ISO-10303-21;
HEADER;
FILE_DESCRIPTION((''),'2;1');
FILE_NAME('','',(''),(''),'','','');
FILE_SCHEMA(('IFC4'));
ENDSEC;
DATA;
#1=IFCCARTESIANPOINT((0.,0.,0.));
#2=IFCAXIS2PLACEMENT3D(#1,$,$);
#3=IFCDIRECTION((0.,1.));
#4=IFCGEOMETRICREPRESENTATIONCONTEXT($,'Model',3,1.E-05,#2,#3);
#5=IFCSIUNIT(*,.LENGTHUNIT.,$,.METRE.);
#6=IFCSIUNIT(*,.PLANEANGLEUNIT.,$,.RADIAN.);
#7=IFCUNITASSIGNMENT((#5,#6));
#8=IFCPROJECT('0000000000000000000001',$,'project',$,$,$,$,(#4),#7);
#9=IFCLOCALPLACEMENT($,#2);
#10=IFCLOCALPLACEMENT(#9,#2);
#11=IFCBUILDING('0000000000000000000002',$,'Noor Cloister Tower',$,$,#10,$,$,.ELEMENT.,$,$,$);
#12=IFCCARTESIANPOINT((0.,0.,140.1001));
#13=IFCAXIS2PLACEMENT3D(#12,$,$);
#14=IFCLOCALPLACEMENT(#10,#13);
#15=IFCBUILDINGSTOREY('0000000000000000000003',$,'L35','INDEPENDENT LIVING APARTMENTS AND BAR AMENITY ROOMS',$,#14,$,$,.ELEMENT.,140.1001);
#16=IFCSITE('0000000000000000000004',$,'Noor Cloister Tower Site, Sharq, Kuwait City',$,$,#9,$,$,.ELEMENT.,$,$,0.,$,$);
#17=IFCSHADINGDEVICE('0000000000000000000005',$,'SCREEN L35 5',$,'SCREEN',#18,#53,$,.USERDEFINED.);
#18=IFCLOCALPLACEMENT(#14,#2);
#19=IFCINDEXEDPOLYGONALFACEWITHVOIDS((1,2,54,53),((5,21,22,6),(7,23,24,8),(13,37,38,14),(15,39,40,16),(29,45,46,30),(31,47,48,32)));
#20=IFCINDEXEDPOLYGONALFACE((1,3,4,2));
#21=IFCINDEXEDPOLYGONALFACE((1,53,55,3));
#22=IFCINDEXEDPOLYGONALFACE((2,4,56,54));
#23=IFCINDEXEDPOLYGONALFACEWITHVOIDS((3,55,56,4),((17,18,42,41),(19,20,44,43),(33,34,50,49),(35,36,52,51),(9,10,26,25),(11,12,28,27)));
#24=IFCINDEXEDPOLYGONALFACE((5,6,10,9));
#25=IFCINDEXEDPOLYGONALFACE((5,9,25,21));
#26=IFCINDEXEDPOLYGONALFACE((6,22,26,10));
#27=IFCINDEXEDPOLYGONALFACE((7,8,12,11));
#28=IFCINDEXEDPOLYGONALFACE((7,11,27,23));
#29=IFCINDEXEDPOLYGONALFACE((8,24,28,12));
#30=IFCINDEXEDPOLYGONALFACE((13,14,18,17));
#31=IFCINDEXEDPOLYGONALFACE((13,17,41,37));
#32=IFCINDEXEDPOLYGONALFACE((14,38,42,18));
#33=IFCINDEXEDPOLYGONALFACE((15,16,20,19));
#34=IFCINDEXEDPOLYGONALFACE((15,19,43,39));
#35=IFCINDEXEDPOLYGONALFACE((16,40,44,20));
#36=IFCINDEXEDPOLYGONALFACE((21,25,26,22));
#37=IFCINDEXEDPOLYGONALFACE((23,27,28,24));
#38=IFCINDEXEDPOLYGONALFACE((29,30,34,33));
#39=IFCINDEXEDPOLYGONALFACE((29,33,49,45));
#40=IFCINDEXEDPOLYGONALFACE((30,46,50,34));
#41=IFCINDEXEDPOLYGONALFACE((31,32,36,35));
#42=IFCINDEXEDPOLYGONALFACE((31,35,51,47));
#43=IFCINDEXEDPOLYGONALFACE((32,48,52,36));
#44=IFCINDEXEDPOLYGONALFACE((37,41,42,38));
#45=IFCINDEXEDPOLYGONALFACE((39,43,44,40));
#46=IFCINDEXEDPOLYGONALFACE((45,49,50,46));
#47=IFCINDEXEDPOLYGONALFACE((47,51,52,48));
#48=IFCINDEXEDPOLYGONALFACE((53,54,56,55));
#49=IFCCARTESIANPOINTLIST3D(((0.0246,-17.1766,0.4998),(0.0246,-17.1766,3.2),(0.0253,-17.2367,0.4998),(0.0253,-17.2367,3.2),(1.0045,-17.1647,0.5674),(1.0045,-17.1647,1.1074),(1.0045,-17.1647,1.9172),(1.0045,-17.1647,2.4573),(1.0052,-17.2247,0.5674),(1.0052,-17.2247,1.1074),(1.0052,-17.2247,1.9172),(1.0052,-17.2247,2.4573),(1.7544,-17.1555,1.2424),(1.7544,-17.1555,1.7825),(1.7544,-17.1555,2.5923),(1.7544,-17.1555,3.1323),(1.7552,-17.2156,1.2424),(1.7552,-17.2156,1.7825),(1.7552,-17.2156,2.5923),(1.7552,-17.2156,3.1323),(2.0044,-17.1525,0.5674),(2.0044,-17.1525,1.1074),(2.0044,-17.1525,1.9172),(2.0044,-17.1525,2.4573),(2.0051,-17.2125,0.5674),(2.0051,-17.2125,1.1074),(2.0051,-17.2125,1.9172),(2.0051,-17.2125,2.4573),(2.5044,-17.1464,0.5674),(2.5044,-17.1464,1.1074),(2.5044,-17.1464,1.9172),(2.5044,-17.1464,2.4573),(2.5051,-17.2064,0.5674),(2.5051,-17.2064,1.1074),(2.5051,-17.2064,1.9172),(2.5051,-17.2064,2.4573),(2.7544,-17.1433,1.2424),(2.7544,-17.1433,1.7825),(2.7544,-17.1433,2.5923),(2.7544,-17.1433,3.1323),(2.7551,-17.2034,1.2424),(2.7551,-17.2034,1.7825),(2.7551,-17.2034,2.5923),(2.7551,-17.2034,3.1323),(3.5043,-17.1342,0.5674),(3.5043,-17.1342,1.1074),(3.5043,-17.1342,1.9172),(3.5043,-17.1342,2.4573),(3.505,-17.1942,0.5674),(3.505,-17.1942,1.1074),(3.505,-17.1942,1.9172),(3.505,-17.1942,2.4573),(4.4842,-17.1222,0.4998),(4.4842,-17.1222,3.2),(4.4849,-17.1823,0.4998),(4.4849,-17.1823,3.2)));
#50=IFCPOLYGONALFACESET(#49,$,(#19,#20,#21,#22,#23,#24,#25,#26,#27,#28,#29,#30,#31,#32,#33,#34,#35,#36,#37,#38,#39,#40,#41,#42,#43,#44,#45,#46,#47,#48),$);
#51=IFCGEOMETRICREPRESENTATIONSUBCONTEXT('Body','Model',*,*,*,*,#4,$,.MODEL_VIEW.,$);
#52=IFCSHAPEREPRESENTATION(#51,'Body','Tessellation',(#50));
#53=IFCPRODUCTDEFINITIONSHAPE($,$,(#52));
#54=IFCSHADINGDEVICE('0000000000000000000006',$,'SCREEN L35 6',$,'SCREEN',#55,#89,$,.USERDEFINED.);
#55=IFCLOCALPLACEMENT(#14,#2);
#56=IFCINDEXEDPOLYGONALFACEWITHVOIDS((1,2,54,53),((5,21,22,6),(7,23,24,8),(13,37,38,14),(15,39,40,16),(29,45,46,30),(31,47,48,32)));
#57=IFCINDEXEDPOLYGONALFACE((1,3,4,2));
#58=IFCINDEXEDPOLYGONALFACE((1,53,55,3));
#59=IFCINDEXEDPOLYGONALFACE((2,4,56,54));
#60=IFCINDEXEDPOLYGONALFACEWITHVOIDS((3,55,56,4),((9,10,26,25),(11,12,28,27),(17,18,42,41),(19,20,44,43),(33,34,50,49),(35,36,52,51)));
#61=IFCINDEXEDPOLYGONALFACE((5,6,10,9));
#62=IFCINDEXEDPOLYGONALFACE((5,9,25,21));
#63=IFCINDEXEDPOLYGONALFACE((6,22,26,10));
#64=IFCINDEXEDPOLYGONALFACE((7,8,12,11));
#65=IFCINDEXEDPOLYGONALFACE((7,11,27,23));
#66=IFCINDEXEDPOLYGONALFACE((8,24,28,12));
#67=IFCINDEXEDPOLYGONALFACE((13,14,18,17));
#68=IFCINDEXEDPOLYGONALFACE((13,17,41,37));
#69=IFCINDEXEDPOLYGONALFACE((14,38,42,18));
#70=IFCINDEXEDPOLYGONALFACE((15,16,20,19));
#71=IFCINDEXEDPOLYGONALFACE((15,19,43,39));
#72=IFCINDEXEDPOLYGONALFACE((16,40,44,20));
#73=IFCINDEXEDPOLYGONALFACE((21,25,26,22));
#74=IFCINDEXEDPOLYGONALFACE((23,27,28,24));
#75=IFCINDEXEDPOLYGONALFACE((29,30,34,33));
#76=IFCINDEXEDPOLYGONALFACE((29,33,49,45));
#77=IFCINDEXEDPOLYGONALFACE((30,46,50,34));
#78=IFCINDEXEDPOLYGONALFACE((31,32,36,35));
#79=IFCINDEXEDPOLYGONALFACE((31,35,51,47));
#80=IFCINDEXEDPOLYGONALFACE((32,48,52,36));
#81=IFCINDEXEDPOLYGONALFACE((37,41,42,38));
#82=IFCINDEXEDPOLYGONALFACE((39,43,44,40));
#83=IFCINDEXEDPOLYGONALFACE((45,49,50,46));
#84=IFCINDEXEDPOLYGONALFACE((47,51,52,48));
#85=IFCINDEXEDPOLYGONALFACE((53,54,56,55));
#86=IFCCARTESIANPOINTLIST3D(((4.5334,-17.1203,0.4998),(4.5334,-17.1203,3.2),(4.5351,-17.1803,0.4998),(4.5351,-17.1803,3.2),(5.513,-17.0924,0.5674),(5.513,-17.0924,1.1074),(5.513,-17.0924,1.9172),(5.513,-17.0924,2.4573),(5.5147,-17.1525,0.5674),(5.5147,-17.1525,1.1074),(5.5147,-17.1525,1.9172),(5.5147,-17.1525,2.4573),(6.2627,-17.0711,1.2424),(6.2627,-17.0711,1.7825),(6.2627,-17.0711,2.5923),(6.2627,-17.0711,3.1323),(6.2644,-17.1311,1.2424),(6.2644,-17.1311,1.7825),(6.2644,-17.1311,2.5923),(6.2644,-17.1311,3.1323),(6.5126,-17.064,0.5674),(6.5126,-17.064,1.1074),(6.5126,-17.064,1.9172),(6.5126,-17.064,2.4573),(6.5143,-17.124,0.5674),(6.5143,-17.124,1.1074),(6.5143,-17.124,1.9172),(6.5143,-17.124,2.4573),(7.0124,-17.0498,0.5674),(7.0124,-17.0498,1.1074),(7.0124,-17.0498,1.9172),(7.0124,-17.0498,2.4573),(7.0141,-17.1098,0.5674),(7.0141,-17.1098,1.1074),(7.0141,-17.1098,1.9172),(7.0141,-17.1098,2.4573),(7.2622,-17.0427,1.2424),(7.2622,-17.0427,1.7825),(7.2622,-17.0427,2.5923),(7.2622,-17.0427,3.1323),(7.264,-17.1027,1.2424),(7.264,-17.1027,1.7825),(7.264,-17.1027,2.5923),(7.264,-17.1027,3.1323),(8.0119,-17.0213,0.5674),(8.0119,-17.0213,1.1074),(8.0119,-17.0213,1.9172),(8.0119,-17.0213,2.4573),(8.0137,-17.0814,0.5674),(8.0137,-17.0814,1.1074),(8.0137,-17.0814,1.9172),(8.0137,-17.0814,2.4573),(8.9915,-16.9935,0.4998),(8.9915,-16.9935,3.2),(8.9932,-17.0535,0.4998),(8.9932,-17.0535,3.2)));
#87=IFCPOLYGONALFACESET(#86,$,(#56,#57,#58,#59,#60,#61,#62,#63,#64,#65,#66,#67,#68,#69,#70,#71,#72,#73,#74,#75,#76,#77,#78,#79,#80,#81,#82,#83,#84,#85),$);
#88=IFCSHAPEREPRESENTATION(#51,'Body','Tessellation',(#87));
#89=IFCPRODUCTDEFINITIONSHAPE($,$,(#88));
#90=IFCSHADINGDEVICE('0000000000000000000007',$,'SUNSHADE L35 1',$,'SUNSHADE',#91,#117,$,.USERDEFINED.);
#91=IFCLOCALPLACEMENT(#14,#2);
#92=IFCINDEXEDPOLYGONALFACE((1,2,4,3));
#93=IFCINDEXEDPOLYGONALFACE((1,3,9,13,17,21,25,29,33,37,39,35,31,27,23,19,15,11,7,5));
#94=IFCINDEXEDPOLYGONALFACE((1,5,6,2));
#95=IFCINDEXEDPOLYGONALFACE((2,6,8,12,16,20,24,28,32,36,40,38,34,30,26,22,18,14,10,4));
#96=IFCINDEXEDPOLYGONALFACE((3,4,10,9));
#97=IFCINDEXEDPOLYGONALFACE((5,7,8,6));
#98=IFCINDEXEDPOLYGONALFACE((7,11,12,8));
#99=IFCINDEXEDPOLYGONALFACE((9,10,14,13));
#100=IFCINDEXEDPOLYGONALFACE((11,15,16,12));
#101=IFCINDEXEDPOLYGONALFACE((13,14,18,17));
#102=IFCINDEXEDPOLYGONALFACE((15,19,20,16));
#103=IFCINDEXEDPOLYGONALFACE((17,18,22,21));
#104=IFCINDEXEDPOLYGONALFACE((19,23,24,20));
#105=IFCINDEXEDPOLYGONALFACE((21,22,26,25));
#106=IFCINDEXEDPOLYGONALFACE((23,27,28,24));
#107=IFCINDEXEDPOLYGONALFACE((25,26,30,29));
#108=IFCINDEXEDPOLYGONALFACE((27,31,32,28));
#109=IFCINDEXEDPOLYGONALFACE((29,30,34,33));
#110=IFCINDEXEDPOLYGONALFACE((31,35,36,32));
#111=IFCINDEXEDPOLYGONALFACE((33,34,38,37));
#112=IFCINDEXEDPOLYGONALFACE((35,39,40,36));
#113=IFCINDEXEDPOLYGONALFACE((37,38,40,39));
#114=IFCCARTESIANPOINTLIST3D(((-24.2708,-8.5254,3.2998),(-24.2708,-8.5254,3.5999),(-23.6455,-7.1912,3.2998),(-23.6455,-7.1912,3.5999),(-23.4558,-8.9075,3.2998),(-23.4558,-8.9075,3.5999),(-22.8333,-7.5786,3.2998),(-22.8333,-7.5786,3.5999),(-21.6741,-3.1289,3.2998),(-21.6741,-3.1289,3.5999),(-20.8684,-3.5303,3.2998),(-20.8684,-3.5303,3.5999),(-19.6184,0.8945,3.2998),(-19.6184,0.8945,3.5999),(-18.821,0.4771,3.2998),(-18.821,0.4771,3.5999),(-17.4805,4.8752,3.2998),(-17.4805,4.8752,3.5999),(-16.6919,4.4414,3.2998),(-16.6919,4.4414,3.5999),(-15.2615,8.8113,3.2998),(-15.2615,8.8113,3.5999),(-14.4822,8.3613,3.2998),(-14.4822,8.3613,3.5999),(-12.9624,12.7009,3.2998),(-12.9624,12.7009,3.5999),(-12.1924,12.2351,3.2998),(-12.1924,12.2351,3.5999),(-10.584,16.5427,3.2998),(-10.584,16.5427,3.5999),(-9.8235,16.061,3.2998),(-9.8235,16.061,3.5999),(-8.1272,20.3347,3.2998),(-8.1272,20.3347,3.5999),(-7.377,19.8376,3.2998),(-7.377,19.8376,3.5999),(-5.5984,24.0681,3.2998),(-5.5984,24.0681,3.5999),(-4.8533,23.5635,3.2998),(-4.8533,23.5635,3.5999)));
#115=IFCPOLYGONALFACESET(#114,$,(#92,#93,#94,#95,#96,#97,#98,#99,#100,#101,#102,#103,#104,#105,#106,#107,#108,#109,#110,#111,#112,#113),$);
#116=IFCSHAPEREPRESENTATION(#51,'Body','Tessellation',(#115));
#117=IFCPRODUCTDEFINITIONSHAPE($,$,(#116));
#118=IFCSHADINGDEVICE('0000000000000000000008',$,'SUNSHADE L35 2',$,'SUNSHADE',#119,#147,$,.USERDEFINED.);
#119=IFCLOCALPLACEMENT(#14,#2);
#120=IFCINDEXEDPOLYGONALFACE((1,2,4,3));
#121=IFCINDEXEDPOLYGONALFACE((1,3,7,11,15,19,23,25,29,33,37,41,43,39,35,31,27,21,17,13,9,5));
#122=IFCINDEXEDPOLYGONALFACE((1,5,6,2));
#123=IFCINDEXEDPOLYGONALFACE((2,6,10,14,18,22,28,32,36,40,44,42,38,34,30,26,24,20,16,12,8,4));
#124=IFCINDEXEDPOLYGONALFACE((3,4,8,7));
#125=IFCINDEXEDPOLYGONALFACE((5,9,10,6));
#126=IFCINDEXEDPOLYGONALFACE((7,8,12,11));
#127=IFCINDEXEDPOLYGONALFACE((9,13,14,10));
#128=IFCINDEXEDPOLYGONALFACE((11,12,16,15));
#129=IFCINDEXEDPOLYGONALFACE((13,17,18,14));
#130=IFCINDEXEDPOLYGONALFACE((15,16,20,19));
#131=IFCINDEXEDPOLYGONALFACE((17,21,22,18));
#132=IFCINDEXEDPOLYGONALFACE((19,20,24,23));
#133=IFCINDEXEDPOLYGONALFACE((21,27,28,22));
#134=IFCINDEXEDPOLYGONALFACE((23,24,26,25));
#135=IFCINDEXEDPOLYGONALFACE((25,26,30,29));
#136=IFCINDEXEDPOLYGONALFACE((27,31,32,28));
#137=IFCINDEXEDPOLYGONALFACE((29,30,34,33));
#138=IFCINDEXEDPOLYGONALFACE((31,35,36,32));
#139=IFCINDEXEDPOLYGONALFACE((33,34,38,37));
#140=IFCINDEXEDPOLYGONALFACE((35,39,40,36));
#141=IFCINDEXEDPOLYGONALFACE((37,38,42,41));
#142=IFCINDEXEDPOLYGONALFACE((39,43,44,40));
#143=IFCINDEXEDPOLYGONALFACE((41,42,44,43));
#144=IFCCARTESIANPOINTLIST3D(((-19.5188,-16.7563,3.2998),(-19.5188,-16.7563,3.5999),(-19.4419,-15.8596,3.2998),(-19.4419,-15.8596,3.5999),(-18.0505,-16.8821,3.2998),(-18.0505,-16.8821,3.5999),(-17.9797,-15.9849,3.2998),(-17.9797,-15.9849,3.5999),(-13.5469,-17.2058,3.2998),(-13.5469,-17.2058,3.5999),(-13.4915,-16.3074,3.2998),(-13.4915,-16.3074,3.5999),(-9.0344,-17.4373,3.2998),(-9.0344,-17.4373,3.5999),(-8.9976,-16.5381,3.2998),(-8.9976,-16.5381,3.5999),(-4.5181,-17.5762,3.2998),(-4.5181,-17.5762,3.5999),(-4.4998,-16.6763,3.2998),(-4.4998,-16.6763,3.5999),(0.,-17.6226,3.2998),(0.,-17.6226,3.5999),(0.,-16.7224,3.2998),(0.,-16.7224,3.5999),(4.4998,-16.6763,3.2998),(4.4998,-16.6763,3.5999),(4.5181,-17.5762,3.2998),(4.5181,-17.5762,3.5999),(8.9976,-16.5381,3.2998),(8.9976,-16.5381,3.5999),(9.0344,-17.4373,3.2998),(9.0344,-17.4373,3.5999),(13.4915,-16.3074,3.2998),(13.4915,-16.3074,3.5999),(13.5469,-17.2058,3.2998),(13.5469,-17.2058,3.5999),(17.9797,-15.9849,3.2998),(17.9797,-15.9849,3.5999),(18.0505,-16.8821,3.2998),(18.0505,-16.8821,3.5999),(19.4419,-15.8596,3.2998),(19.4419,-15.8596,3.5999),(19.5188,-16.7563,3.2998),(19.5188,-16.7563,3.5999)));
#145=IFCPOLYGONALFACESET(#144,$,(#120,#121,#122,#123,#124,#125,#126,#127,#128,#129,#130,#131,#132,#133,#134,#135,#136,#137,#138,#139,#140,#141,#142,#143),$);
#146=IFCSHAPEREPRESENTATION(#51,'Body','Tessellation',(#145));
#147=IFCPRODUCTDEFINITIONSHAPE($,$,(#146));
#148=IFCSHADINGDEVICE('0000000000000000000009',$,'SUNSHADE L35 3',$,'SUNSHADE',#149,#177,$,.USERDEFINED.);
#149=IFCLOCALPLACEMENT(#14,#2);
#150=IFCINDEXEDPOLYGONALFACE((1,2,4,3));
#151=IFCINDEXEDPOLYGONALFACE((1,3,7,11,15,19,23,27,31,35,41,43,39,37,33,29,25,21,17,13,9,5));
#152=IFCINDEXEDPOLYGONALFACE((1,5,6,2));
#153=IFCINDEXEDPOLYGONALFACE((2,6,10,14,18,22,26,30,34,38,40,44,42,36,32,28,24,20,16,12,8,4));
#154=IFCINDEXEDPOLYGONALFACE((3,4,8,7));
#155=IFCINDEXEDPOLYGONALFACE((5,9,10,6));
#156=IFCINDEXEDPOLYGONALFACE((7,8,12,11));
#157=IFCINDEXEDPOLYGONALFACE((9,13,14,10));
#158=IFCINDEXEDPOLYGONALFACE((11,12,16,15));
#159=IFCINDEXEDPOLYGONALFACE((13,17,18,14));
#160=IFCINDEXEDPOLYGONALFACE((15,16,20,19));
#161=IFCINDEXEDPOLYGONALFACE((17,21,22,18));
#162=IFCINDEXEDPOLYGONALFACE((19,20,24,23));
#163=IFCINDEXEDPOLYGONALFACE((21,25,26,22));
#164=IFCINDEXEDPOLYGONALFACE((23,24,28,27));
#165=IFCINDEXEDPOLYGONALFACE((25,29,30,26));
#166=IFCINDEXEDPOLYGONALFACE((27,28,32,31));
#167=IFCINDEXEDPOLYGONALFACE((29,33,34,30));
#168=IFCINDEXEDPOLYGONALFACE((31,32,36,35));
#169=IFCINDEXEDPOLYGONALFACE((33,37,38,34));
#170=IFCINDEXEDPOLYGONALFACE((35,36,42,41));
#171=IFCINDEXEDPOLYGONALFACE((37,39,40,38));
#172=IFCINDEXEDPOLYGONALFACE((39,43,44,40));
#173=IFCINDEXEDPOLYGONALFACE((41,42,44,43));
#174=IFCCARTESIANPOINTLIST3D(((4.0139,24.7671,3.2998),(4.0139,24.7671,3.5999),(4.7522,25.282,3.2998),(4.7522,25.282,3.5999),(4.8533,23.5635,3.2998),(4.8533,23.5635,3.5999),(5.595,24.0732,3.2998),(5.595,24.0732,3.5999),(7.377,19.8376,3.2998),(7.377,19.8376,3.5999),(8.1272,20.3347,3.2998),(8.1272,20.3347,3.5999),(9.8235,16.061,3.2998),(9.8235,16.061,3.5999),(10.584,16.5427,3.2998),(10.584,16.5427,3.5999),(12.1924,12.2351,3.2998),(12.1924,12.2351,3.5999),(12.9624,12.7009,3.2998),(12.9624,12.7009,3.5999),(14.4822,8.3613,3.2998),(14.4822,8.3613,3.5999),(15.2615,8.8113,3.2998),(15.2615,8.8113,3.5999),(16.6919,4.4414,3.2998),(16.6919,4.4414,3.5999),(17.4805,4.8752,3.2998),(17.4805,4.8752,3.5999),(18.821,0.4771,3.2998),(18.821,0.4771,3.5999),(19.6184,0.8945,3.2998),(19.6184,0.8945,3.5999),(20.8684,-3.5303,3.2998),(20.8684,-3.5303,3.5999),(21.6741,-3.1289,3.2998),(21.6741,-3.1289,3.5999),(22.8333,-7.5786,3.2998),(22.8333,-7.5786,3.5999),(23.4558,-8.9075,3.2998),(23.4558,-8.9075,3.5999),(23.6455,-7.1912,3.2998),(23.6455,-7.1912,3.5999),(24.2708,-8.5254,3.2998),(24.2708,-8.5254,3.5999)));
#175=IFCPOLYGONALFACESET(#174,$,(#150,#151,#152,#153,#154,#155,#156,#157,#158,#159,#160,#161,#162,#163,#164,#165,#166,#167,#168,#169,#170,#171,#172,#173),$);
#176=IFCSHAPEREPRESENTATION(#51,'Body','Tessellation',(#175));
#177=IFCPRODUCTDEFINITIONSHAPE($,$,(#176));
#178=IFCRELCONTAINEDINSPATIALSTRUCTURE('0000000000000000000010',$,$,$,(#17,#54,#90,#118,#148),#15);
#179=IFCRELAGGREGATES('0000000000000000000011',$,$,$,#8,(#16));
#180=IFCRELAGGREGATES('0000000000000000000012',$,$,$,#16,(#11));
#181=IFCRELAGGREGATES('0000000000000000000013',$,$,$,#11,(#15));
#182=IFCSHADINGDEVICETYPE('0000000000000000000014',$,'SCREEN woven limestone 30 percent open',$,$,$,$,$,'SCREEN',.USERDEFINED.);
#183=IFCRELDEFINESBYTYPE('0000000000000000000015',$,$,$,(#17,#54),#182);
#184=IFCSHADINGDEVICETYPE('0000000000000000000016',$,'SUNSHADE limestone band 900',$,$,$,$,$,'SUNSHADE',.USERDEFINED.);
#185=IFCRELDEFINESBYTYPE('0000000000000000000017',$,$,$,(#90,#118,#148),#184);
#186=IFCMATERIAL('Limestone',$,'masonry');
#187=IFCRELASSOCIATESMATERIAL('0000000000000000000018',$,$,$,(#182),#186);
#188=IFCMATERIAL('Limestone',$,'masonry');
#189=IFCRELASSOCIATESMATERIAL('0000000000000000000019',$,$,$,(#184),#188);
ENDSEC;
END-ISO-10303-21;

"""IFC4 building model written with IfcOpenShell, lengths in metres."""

from ifc_helpers import new_model, si_unit, direction, frame, origin, place, context, subcontext, project, spatial, polyline, outline, extrude, material, material_profile, profile_set, type_object, element, save


model = new_model("IFC4")

# Units and contexts
model_context = context("Model", 3, precision=1e-05, world=origin(), true_north=direction((0.0, 1.0)))
body_context = subcontext(model_context, "Body", "Model", "MODEL_VIEW")
ifc_project = project(units=[si_unit("LENGTHUNIT", "METRE"), si_unit("PLANEANGLEUNIT", "RADIAN")], contexts=[model_context])

# Site, building, storey
site_placement = place(None, origin())
site = spatial("IfcSite", under=ifc_project, at=site_placement, Name="Noor Cloister Tower Site, Sharq, Kuwait City", CompositionType="ELEMENT", RefElevation=0.0)
building_placement = place(site_placement, origin())
building = spatial("IfcBuilding", under=site, at=building_placement, Name="Noor Cloister Tower", CompositionType="ELEMENT")
storey_placement = place(building_placement, frame((0.0, 0.0, 140.1001)))
storey = spatial("IfcBuildingStorey", under=building, at=storey_placement, Name="L35", Description="INDEPENDENT LIVING APARTMENTS AND BAR AMENITY ROOMS", CompositionType="ELEMENT", Elevation=140.1001)

# Shading devices
ifc_material_1 = material(Name="Limestone", Category="masonry")
ifc_material_profile_1 = material_profile(ifc_material_1, outline(polyline([(-2.23, -1.3501), (2.23, -1.3501), (2.23, 1.3501), (-2.23, 1.3501), (-2.23, -1.3501)]), holes=[polyline([(-1.25, -1.2825), (-0.25, -1.2825), (-0.25, -0.7424), (-1.25, -0.7424), (-1.25, -1.2825)]), polyline([(0.25, -1.2825), (1.25, -1.2825), (1.25, -0.7424), (0.25, -0.7424), (0.25, -1.2825)]), polyline([(-0.5, -0.6074), (0.5, -0.6074), (0.5, -0.0674), (-0.5, -0.0674), (-0.5, -0.6074)]), polyline([(-1.25, 0.0674), (-0.25, 0.0674), (-0.25, 0.6074), (-1.25, 0.6074), (-1.25, 0.0674)]), polyline([(0.25, 0.0674), (1.25, 0.0674), (1.25, 0.6074), (0.25, 0.6074), (0.25, 0.0674)]), polyline([(-0.5, 0.7424), (0.5, 0.7424), (0.5, 1.2825), (-0.5, 1.2825), (-0.5, 0.7424)])]), Name="Woven screen 30 percent open")
ifc_profile_set_1 = profile_set([ifc_material_profile_1], Name="Limestone")
shading_device_type_1 = type_object("IfcShadingDeviceType", Name="SCREEN woven limestone 30 percent open", ElementType="SCREEN", PredefinedType="USERDEFINED", material=ifc_profile_set_1)
for number, where, z_axis, x_axis, name in (
    (1, (2.2544, -17.1494, 1.8499), (0.012194, -0.999926, 0.0), (0.999926, 0.012194, 0.0), "SCREEN L35 5"),
    (2, (6.7625, -17.0569, 1.8499), (0.028444, -0.999595, 0.0), (0.999595, 0.028444, 0.0), "SCREEN L35 6"),
):
    element("IfcShadingDevice", number, at=place(storey_placement, frame(where, z_axis=z_axis, x_axis=x_axis)), inside=storey, type_object=shading_device_type_1, Name=name, ObjectType="SCREEN", PredefinedType="USERDEFINED", context=body_context, shape_type="SweptSolid", body=[
        extrude(outline(polyline([(-2.23, -1.3501), (2.23, -1.3501), (2.23, 1.3501), (-2.23, 1.3501), (-2.23, -1.3501)]), holes=[polyline([(-1.25, -1.2825), (-0.25, -1.2825), (-0.25, -0.7424), (-1.25, -0.7424), (-1.25, -1.2825)]), polyline([(0.25, -1.2825), (1.25, -1.2825), (1.25, -0.7424), (0.25, -0.7424), (0.25, -1.2825)]), polyline([(-0.5, -0.6074), (0.5, -0.6074), (0.5, -0.0674), (-0.5, -0.0674), (-0.5, -0.6074)]), polyline([(-1.25, 0.0674), (-0.25, 0.0674), (-0.25, 0.6074), (-1.25, 0.6074), (-1.25, 0.0674)]), polyline([(0.25, 0.0674), (1.25, 0.0674), (1.25, 0.6074), (0.25, 0.6074), (0.25, 0.0674)]), polyline([(-0.5, 0.7424), (0.5, 0.7424), (0.5, 1.2825), (-0.5, 1.2825), (-0.5, 0.7424)])]), origin(), (0.0, 0.0, 1.0), 0.0601),
    ])
ifc_material_2 = material(Name="Limestone", Category="masonry")
shading_device_type_2 = type_object("IfcShadingDeviceType", Name="SUNSHADE limestone band 900", ElementType="SUNSHADE", PredefinedType="USERDEFINED", material=ifc_material_2)
shading_device_1_placement = place(storey_placement, frame((0.0, 0.0, 3.2998)))
element("IfcShadingDevice", 3, at=shading_device_1_placement, inside=storey, type_object=shading_device_type_2, Name="SUNSHADE L35 1", ObjectType="SUNSHADE", PredefinedType="USERDEFINED", context=body_context, shape_type="SweptSolid", body=[
    extrude(outline(polyline([(-5.5984, 24.0681), (-8.1272, 20.3347), (-10.584, 16.5427), (-12.9624, 12.7009), (-15.2615, 8.8113), (-17.4805, 4.8752), (-19.6184, 0.8945), (-21.6741, -3.1289), (-23.6455, -7.1912), (-24.2708, -8.5254), (-23.4558, -8.9075), (-22.8333, -7.5786), (-20.8684, -3.5303), (-18.821, 0.4771), (-16.6919, 4.4414), (-14.4822, 8.3613), (-12.1924, 12.2351), (-9.8235, 16.061), (-7.377, 19.8376), (-4.8533, 23.5635), (-5.5984, 24.0681)])), origin(), (0.0, 0.0, 1.0), 0.3),
])
shading_device_2_placement = place(storey_placement, frame((0.0, 0.0, 3.2998)))
element("IfcShadingDevice", 4, at=shading_device_2_placement, inside=storey, type_object=shading_device_type_2, Name="SUNSHADE L35 2", ObjectType="SUNSHADE", PredefinedType="USERDEFINED", context=body_context, shape_type="SweptSolid", body=[
    extrude(outline(polyline([(-19.5188, -16.7563), (-18.0505, -16.8821), (-13.5469, -17.2058), (-9.0344, -17.4373), (-4.5181, -17.5762), (0.0, -17.6226), (4.5181, -17.5762), (9.0344, -17.4373), (13.5469, -17.2058), (18.0505, -16.8821), (19.5188, -16.7563), (19.4419, -15.8596), (17.9797, -15.9849), (13.4915, -16.3074), (8.9976, -16.5381), (4.4998, -16.6763), (0.0, -16.7224), (-4.4998, -16.6763), (-8.9976, -16.5381), (-13.4915, -16.3074), (-17.9797, -15.9849), (-19.4419, -15.8596), (-19.5188, -16.7563)])), origin(), (0.0, 0.0, 1.0), 0.3),
])
shading_device_3_placement = place(storey_placement, frame((0.0, 0.0, 3.2998)))
element("IfcShadingDevice", 5, at=shading_device_3_placement, inside=storey, type_object=shading_device_type_2, Name="SUNSHADE L35 3", ObjectType="SUNSHADE", PredefinedType="USERDEFINED", context=body_context, shape_type="SweptSolid", body=[
    extrude(outline(polyline([(24.2708, -8.5254), (23.6455, -7.1912), (21.6741, -3.1289), (19.6184, 0.8945), (17.4805, 4.8752), (15.2615, 8.8113), (12.9624, 12.7009), (10.584, 16.5427), (8.1272, 20.3347), (5.595, 24.0732), (4.7522, 25.282), (4.0139, 24.7671), (4.8533, 23.5635), (7.377, 19.8376), (9.8235, 16.061), (12.1924, 12.2351), (14.4822, 8.3613), (16.6919, 4.4414), (18.821, 0.4771), (20.8684, -3.5303), (22.8333, -7.5786), (23.4558, -8.9075), (24.2708, -8.5254)])), origin(), (0.0, 0.0, 1.0), 0.3),
])

save(model, "model.ifc")
